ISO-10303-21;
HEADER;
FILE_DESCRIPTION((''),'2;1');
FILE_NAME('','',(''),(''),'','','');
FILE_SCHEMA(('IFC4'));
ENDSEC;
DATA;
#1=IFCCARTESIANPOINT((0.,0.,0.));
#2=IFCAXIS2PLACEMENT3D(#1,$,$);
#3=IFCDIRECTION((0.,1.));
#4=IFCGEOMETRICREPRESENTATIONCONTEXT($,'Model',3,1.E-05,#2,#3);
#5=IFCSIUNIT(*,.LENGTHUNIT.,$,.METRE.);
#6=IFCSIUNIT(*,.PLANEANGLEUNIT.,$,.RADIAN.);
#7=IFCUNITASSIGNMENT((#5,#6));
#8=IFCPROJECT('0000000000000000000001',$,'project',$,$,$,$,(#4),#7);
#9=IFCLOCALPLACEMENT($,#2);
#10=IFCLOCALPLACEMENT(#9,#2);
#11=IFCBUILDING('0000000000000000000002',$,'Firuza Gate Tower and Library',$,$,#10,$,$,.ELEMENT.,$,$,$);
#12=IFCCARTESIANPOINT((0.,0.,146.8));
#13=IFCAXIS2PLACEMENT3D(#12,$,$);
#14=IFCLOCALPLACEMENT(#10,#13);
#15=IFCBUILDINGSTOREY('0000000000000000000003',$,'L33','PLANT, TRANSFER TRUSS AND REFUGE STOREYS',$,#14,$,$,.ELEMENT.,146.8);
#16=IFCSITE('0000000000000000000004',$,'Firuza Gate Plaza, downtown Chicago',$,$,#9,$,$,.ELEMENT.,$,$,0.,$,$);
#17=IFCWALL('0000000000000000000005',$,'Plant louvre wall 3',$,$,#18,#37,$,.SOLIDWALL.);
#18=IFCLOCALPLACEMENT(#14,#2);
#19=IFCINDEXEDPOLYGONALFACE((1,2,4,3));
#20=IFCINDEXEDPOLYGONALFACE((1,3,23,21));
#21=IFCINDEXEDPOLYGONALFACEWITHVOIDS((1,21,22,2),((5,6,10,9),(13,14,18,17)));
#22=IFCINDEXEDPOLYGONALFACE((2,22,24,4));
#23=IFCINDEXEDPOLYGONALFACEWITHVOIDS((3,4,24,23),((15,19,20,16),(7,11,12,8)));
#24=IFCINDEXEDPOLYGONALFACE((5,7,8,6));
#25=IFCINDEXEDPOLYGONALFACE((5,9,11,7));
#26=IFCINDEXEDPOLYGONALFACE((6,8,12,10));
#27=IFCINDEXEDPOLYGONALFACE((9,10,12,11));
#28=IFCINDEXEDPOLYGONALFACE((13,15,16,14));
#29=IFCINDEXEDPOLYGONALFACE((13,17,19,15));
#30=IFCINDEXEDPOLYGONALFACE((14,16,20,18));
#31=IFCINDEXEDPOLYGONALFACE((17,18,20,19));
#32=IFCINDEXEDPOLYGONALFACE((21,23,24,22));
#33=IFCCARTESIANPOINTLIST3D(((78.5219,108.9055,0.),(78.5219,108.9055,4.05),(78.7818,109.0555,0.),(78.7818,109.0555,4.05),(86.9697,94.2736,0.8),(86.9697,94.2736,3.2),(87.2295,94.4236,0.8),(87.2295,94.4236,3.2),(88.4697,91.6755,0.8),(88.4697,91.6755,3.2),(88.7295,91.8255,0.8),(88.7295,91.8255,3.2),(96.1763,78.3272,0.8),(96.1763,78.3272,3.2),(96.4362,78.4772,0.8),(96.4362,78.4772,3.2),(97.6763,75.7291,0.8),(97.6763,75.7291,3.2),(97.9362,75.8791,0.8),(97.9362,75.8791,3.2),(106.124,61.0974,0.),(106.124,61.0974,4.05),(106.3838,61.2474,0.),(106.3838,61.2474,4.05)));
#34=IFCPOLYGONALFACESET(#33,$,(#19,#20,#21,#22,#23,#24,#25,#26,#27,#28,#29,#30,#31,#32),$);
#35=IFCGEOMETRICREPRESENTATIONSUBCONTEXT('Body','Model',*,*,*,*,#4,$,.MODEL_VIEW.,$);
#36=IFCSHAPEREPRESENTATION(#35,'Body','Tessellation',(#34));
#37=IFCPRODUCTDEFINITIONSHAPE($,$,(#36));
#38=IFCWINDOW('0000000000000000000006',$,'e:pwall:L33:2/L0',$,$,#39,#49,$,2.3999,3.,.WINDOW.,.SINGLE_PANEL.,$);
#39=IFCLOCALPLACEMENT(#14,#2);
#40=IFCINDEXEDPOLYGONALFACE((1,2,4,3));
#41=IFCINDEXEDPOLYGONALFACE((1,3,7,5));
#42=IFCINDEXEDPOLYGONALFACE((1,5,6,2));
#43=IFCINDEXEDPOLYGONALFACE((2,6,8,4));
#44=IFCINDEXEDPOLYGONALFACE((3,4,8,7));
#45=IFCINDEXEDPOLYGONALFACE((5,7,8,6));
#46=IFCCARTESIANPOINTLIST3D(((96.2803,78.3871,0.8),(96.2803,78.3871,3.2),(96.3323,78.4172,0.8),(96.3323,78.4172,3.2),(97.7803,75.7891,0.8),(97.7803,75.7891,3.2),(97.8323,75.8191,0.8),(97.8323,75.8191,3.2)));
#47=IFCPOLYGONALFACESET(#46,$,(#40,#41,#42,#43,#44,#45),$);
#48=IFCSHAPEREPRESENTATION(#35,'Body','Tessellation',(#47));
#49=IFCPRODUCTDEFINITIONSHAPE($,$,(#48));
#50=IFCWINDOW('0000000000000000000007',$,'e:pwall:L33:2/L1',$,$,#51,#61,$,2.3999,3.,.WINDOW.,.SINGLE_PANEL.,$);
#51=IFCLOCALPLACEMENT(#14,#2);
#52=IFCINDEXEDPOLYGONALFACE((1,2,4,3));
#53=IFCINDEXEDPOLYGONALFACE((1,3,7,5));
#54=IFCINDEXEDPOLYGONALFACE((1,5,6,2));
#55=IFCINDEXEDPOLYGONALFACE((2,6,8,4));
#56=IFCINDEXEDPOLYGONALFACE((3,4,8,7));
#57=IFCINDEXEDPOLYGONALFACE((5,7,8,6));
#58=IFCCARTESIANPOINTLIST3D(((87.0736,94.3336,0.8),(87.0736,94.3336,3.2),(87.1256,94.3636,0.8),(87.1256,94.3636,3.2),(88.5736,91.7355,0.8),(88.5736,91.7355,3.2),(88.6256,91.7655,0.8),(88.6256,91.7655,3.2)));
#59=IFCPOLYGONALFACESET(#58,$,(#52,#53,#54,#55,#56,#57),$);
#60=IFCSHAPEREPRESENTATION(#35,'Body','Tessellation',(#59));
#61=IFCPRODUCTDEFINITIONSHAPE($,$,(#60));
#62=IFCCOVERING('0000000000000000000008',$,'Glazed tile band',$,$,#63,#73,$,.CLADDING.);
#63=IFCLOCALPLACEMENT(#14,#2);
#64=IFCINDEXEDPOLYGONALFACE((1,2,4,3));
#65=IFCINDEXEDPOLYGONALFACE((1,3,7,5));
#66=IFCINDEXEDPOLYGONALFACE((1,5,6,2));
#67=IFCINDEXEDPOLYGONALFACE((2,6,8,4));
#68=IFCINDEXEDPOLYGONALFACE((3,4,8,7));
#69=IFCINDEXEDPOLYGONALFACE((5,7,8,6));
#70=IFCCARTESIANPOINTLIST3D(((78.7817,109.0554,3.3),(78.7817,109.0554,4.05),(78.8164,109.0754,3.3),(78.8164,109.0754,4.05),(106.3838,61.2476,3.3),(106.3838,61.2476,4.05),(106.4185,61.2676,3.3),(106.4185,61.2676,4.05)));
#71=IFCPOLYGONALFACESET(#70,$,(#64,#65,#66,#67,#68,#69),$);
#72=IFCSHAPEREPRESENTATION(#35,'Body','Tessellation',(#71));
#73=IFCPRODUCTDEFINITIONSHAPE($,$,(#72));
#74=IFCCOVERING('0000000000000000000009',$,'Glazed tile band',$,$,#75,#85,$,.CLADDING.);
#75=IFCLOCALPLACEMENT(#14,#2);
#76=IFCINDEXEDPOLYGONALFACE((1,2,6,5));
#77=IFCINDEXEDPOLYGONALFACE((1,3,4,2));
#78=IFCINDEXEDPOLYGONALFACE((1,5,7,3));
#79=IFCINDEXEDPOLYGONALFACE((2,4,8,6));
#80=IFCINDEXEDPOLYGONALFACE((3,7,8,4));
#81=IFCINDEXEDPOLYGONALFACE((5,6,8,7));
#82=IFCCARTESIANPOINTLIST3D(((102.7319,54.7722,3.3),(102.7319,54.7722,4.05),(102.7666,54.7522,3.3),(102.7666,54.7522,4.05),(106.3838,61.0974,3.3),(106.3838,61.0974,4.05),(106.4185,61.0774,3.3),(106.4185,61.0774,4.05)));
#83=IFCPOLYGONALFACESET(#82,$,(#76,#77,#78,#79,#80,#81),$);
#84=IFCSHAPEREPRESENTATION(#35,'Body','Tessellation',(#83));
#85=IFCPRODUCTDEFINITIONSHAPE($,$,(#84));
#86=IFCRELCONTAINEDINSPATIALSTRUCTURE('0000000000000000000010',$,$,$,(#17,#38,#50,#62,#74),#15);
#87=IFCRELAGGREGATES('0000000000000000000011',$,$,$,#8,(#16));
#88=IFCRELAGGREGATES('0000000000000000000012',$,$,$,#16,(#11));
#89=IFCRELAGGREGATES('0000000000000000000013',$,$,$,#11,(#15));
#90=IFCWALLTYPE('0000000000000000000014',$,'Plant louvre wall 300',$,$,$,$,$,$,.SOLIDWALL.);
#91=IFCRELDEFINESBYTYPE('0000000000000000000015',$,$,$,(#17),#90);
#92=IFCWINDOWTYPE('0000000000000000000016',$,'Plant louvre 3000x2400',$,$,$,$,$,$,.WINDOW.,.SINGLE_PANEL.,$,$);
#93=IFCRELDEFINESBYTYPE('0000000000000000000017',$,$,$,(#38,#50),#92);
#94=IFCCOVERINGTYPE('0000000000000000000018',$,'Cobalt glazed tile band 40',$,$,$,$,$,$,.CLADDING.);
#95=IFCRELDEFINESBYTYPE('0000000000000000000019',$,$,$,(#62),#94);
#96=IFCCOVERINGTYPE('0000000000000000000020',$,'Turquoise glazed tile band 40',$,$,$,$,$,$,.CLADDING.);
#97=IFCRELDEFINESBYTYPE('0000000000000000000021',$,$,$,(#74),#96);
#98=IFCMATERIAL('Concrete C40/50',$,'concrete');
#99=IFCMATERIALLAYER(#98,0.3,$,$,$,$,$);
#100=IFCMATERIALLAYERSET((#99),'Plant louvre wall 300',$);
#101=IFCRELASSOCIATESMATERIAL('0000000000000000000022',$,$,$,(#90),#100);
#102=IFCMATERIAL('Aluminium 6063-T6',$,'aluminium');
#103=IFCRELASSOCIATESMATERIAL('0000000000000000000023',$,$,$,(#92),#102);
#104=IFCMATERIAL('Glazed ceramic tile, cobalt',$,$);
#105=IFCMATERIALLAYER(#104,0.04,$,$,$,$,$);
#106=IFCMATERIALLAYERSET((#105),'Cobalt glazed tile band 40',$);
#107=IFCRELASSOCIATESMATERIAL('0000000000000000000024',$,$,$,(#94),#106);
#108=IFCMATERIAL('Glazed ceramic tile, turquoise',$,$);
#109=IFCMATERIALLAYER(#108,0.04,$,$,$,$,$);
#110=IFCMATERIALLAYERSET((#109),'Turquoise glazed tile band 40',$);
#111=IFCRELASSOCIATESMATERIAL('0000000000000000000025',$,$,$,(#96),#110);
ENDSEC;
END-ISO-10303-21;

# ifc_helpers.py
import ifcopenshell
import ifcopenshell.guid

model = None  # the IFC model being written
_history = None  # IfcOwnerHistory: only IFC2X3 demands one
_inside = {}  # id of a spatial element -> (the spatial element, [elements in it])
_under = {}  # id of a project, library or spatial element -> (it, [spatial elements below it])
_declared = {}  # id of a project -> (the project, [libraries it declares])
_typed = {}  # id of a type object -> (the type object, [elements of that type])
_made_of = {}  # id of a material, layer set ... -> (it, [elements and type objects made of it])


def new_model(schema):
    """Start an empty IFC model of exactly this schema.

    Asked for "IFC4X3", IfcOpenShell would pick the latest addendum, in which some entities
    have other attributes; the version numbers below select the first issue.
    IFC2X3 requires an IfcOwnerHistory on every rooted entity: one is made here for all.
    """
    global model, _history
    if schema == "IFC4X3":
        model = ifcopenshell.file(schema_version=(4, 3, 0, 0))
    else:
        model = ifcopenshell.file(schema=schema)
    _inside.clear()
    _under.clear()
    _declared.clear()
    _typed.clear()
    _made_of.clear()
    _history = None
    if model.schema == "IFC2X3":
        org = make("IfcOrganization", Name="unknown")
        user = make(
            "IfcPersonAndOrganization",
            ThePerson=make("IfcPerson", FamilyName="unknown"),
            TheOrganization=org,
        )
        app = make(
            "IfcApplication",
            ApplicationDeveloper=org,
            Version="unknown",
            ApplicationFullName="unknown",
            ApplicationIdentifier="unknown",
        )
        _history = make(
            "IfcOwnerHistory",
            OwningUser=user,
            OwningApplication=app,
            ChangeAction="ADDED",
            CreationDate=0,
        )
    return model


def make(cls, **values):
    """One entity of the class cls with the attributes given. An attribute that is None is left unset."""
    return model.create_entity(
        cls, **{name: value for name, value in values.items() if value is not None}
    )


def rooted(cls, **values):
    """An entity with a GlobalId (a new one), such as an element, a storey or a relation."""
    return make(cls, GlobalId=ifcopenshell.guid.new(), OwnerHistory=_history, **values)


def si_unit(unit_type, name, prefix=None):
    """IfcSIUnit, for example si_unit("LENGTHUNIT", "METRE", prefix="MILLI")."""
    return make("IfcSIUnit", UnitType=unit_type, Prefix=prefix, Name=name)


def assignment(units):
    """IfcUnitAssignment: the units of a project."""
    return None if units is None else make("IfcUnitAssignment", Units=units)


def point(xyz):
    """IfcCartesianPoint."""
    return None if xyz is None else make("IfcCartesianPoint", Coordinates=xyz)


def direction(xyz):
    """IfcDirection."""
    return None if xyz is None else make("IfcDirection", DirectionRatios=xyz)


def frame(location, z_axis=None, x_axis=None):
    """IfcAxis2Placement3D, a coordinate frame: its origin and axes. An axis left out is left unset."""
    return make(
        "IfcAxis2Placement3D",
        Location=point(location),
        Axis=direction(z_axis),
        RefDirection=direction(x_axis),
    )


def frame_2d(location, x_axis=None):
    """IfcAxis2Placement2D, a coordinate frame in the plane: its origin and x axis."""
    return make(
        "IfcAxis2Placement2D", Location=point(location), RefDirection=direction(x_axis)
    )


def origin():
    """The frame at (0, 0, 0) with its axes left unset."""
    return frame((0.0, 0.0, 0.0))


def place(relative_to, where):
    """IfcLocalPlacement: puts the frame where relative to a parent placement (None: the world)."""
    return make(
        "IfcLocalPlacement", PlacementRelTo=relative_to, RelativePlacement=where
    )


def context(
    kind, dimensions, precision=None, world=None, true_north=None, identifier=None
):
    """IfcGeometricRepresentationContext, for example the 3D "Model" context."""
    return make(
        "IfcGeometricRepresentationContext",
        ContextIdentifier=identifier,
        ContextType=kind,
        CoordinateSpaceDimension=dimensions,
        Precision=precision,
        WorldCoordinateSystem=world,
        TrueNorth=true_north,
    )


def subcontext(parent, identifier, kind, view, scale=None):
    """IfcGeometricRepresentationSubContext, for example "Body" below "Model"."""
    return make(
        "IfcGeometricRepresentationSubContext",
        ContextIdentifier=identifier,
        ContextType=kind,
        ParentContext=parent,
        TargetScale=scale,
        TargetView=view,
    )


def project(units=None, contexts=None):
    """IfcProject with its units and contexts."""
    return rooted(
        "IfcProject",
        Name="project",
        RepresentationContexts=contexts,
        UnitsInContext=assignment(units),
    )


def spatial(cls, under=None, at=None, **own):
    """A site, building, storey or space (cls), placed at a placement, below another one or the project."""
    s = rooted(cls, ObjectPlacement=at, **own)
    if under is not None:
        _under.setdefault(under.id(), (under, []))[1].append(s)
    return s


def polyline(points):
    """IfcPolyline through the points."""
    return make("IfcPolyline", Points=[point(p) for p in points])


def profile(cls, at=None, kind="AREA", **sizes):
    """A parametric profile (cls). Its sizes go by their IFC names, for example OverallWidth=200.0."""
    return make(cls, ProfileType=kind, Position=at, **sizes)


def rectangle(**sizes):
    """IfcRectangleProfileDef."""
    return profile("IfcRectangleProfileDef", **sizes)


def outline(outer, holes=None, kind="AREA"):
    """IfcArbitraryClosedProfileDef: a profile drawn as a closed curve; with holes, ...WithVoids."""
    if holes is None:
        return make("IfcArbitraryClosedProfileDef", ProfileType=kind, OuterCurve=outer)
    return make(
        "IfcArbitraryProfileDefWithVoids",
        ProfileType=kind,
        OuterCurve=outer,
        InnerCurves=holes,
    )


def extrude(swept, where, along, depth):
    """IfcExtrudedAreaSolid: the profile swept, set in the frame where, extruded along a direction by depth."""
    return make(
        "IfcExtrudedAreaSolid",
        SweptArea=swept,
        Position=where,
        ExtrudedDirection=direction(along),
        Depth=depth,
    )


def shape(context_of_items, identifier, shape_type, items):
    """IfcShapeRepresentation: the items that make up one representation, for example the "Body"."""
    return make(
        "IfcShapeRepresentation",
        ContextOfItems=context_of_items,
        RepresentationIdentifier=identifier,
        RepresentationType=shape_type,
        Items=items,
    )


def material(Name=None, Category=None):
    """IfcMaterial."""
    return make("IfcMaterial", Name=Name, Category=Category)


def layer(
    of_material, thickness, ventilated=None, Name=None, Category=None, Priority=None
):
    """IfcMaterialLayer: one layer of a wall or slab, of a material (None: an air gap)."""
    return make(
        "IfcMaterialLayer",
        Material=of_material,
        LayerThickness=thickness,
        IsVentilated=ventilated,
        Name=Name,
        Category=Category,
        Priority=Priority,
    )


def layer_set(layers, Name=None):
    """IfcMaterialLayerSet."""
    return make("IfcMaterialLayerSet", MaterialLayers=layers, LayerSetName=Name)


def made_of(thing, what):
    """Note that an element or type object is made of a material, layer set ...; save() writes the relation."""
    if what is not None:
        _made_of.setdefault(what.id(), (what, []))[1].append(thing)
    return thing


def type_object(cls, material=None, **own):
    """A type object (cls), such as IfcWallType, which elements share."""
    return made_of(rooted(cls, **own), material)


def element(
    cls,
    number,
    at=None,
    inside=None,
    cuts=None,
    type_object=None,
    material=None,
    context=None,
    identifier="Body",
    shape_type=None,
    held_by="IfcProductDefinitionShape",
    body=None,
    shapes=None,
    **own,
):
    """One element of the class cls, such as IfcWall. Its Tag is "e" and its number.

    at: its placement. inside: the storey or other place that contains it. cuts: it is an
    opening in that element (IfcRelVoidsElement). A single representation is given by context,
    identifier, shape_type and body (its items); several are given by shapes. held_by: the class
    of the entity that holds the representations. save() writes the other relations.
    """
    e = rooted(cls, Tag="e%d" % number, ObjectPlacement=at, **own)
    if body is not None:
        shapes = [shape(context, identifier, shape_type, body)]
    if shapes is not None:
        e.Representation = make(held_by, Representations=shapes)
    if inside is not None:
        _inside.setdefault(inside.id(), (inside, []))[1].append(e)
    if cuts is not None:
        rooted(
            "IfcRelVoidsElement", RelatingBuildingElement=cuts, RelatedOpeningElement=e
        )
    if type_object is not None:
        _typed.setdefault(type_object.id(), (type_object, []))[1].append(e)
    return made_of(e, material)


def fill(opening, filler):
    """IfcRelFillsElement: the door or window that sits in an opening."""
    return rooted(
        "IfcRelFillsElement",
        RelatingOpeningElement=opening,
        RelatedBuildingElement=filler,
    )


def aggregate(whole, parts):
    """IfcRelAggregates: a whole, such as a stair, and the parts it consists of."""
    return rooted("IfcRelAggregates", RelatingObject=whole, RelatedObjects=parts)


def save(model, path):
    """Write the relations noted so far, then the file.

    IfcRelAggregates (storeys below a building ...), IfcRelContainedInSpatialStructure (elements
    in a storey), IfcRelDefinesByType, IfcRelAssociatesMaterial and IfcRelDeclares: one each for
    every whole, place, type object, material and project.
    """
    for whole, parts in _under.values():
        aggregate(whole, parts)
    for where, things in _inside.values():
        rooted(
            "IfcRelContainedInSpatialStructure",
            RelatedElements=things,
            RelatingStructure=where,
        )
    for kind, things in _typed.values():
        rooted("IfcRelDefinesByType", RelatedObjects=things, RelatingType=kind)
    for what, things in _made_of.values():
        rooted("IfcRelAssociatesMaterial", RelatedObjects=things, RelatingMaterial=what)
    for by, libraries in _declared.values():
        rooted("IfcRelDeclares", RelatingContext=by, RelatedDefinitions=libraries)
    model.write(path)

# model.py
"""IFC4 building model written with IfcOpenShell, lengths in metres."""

from ifc_helpers import new_model, si_unit, direction, frame, frame_2d, origin, place, context, subcontext, project, spatial, polyline, rectangle, outline, extrude, material, layer, layer_set, type_object, element, fill, save


model = new_model("IFC4")

# Units and contexts
model_context = context("Model", 3, precision=1e-05, world=origin(), true_north=direction((0.0, 1.0)))
body_context = subcontext(model_context, "Body", "Model", "MODEL_VIEW")
ifc_project = project(units=[si_unit("LENGTHUNIT", "METRE"), si_unit("PLANEANGLEUNIT", "RADIAN")], contexts=[model_context])

# Site, building, storey
site_placement = place(None, origin())
site = spatial("IfcSite", under=ifc_project, at=site_placement, Name="Firuza Gate Plaza, downtown Chicago", CompositionType="ELEMENT", RefElevation=0.0)
building_placement = place(site_placement, origin())
building = spatial("IfcBuilding", under=site, at=building_placement, Name="Firuza Gate Tower and Library", CompositionType="ELEMENT")
storey_placement = place(building_placement, frame((0.0, 0.0, 146.8)))
storey = spatial("IfcBuildingStorey", under=building, at=storey_placement, Name="L33", Description="PLANT, TRANSFER TRUSS AND REFUGE STOREYS", CompositionType="ELEMENT", Elevation=146.8)

# Shared definitions
ifc_material_1 = material(Name="Concrete C40/50", Category="concrete")
ifc_layer_1 = layer(ifc_material_1, 0.3)
ifc_layer_set_1 = layer_set([ifc_layer_1], Name="Plant louvre wall 300")
wall_type_1 = type_object("IfcWallType", Name="Plant louvre wall 300", PredefinedType="SOLIDWALL", material=ifc_layer_set_1)
ifc_material_2 = material(Name="Aluminium 6063-T6", Category="aluminium")
window_type = type_object("IfcWindowType", Name="Plant louvre 3000x2400", PartitioningType="SINGLE_PANEL", PredefinedType="WINDOW", material=ifc_material_2)

# Wall, openings, windows
wall_1_placement = place(storey_placement, frame((106.2539, 61.1724, 0.0), z_axis=(0.0, 0.0, 1.0), x_axis=(-0.5, 0.866025, 0.0)))
wall_1 = element("IfcWall", 1, at=wall_1_placement, inside=storey, type_object=wall_type_1, Name="Plant louvre wall 3", PredefinedType="SOLIDWALL", context=body_context, shape_type="SweptSolid", body=[
    extrude(rectangle(XDim=55.2041, YDim=0.3, at=frame_2d((27.6021, 0.0))), origin(), (0.0, 0.0, 1.0), 4.05),
])
opening_1_placement = place(wall_1_placement, frame((16.8953, 0.0, 0.8)))
opening_1 = element("IfcOpeningElement", 2, at=opening_1_placement, cuts=wall_1, PredefinedType="OPENING", context=body_context, shape_type="SweptSolid", body=[
    extrude(rectangle(XDim=3.0, YDim=2.3999, at=frame_2d((1.5, 1.2))), frame((0.0, 0.1602, 0.0), z_axis=(0.0, -1.0, 0.0), x_axis=(1.0, 0.0, 0.0)), (0.0, 0.0, 1.0), 0.3201),
])
opening_2_placement = place(wall_1_placement, frame((35.3086, 0.0, 0.8)))
opening_2 = element("IfcOpeningElement", 3, at=opening_2_placement, cuts=wall_1, PredefinedType="OPENING", context=body_context, shape_type="SweptSolid", body=[
    extrude(rectangle(XDim=3.0, YDim=2.3999, at=frame_2d((1.5, 1.2))), frame((0.0, 0.1602, 0.0), z_axis=(0.0, -1.0, 0.0), x_axis=(1.0, 0.0, 0.0)), (0.0, 0.0, 1.0), 0.3201),
])
window_1_placement = place(opening_1_placement, origin())
window_1 = element("IfcWindow", 4, at=window_1_placement, inside=storey, type_object=window_type, Name="e:pwall:L33:2/L0", OverallHeight=2.3999, OverallWidth=3.0, PartitioningType="SINGLE_PANEL", PredefinedType="WINDOW", context=body_context, shape_type="SweptSolid", body=[
    extrude(rectangle(XDim=3.0, YDim=2.3999, at=frame_2d((1.5, 1.2))), frame((0.0, 0.03, 0.0), z_axis=(0.0, -1.0, 0.0), x_axis=(1.0, 0.0, 0.0)), (0.0, 0.0, 1.0), 0.0601),
])
fill(opening_1, window_1)
window_2_placement = place(opening_2_placement, origin())
window_2 = element("IfcWindow", 5, at=window_2_placement, inside=storey, type_object=window_type, Name="e:pwall:L33:2/L1", OverallHeight=2.3999, OverallWidth=3.0, PartitioningType="SINGLE_PANEL", PredefinedType="WINDOW", context=body_context, shape_type="SweptSolid", body=[
    extrude(rectangle(XDim=3.0, YDim=2.3999, at=frame_2d((1.5, 1.2))), frame((0.0, 0.03, 0.0), z_axis=(0.0, -1.0, 0.0), x_axis=(1.0, 0.0, 0.0)), (0.0, 0.0, 1.0), 0.0601),
])
fill(opening_2, window_2)

# Coverings
ifc_material_3 = material(Name="Glazed ceramic tile, cobalt")
ifc_layer_2 = layer(ifc_material_3, 0.04)
ifc_layer_set_2 = layer_set([ifc_layer_2], Name="Cobalt glazed tile band 40")
covering_type_1 = type_object("IfcCoveringType", Name="Cobalt glazed tile band 40", PredefinedType="CLADDING", material=ifc_layer_set_2)
covering_1_placement = place(storey_placement, frame((106.4185, 61.2676, 3.3), z_axis=(0.866024, 0.500002, 0.0), x_axis=(-0.500002, 0.866024, 0.0)))
element("IfcCovering", 6, at=covering_1_placement, inside=storey, type_object=covering_type_1, Name="Glazed tile band", PredefinedType="CLADDING", context=body_context, shape_type="SweptSolid", body=[
    extrude(outline(polyline([(0.0, 0.0), (55.2038, 0.0), (55.2038, 0.75), (0.0, 0.75), (0.0, 0.0)])), origin(), (0.0, 0.0, -1.0), 0.04),
])
ifc_material_4 = material(Name="Glazed ceramic tile, turquoise")
ifc_layer_3 = layer(ifc_material_4, 0.04)
ifc_layer_set_3 = layer_set([ifc_layer_3], Name="Turquoise glazed tile band 40")
covering_type_2 = type_object("IfcCoveringType", Name="Turquoise glazed tile band 40", PredefinedType="CLADDING", material=ifc_layer_set_3)
covering_2_placement = place(storey_placement, frame((102.7666, 54.7522, 3.3), z_axis=(0.866025, -0.5, 0.0), x_axis=(0.5, 0.866025, 0.0)))
element("IfcCovering", 7, at=covering_2_placement, inside=storey, type_object=covering_type_2, Name="Glazed tile band", PredefinedType="CLADDING", context=body_context, shape_type="SweptSolid", body=[
    extrude(outline(polyline([(0.0, 0.0), (7.3037, 0.0), (7.3037, 0.75), (0.0, 0.75), (0.0, 0.0)])), origin(), (0.0, 0.0, -1.0), 0.04),
])

save(model, "model.ifc")
